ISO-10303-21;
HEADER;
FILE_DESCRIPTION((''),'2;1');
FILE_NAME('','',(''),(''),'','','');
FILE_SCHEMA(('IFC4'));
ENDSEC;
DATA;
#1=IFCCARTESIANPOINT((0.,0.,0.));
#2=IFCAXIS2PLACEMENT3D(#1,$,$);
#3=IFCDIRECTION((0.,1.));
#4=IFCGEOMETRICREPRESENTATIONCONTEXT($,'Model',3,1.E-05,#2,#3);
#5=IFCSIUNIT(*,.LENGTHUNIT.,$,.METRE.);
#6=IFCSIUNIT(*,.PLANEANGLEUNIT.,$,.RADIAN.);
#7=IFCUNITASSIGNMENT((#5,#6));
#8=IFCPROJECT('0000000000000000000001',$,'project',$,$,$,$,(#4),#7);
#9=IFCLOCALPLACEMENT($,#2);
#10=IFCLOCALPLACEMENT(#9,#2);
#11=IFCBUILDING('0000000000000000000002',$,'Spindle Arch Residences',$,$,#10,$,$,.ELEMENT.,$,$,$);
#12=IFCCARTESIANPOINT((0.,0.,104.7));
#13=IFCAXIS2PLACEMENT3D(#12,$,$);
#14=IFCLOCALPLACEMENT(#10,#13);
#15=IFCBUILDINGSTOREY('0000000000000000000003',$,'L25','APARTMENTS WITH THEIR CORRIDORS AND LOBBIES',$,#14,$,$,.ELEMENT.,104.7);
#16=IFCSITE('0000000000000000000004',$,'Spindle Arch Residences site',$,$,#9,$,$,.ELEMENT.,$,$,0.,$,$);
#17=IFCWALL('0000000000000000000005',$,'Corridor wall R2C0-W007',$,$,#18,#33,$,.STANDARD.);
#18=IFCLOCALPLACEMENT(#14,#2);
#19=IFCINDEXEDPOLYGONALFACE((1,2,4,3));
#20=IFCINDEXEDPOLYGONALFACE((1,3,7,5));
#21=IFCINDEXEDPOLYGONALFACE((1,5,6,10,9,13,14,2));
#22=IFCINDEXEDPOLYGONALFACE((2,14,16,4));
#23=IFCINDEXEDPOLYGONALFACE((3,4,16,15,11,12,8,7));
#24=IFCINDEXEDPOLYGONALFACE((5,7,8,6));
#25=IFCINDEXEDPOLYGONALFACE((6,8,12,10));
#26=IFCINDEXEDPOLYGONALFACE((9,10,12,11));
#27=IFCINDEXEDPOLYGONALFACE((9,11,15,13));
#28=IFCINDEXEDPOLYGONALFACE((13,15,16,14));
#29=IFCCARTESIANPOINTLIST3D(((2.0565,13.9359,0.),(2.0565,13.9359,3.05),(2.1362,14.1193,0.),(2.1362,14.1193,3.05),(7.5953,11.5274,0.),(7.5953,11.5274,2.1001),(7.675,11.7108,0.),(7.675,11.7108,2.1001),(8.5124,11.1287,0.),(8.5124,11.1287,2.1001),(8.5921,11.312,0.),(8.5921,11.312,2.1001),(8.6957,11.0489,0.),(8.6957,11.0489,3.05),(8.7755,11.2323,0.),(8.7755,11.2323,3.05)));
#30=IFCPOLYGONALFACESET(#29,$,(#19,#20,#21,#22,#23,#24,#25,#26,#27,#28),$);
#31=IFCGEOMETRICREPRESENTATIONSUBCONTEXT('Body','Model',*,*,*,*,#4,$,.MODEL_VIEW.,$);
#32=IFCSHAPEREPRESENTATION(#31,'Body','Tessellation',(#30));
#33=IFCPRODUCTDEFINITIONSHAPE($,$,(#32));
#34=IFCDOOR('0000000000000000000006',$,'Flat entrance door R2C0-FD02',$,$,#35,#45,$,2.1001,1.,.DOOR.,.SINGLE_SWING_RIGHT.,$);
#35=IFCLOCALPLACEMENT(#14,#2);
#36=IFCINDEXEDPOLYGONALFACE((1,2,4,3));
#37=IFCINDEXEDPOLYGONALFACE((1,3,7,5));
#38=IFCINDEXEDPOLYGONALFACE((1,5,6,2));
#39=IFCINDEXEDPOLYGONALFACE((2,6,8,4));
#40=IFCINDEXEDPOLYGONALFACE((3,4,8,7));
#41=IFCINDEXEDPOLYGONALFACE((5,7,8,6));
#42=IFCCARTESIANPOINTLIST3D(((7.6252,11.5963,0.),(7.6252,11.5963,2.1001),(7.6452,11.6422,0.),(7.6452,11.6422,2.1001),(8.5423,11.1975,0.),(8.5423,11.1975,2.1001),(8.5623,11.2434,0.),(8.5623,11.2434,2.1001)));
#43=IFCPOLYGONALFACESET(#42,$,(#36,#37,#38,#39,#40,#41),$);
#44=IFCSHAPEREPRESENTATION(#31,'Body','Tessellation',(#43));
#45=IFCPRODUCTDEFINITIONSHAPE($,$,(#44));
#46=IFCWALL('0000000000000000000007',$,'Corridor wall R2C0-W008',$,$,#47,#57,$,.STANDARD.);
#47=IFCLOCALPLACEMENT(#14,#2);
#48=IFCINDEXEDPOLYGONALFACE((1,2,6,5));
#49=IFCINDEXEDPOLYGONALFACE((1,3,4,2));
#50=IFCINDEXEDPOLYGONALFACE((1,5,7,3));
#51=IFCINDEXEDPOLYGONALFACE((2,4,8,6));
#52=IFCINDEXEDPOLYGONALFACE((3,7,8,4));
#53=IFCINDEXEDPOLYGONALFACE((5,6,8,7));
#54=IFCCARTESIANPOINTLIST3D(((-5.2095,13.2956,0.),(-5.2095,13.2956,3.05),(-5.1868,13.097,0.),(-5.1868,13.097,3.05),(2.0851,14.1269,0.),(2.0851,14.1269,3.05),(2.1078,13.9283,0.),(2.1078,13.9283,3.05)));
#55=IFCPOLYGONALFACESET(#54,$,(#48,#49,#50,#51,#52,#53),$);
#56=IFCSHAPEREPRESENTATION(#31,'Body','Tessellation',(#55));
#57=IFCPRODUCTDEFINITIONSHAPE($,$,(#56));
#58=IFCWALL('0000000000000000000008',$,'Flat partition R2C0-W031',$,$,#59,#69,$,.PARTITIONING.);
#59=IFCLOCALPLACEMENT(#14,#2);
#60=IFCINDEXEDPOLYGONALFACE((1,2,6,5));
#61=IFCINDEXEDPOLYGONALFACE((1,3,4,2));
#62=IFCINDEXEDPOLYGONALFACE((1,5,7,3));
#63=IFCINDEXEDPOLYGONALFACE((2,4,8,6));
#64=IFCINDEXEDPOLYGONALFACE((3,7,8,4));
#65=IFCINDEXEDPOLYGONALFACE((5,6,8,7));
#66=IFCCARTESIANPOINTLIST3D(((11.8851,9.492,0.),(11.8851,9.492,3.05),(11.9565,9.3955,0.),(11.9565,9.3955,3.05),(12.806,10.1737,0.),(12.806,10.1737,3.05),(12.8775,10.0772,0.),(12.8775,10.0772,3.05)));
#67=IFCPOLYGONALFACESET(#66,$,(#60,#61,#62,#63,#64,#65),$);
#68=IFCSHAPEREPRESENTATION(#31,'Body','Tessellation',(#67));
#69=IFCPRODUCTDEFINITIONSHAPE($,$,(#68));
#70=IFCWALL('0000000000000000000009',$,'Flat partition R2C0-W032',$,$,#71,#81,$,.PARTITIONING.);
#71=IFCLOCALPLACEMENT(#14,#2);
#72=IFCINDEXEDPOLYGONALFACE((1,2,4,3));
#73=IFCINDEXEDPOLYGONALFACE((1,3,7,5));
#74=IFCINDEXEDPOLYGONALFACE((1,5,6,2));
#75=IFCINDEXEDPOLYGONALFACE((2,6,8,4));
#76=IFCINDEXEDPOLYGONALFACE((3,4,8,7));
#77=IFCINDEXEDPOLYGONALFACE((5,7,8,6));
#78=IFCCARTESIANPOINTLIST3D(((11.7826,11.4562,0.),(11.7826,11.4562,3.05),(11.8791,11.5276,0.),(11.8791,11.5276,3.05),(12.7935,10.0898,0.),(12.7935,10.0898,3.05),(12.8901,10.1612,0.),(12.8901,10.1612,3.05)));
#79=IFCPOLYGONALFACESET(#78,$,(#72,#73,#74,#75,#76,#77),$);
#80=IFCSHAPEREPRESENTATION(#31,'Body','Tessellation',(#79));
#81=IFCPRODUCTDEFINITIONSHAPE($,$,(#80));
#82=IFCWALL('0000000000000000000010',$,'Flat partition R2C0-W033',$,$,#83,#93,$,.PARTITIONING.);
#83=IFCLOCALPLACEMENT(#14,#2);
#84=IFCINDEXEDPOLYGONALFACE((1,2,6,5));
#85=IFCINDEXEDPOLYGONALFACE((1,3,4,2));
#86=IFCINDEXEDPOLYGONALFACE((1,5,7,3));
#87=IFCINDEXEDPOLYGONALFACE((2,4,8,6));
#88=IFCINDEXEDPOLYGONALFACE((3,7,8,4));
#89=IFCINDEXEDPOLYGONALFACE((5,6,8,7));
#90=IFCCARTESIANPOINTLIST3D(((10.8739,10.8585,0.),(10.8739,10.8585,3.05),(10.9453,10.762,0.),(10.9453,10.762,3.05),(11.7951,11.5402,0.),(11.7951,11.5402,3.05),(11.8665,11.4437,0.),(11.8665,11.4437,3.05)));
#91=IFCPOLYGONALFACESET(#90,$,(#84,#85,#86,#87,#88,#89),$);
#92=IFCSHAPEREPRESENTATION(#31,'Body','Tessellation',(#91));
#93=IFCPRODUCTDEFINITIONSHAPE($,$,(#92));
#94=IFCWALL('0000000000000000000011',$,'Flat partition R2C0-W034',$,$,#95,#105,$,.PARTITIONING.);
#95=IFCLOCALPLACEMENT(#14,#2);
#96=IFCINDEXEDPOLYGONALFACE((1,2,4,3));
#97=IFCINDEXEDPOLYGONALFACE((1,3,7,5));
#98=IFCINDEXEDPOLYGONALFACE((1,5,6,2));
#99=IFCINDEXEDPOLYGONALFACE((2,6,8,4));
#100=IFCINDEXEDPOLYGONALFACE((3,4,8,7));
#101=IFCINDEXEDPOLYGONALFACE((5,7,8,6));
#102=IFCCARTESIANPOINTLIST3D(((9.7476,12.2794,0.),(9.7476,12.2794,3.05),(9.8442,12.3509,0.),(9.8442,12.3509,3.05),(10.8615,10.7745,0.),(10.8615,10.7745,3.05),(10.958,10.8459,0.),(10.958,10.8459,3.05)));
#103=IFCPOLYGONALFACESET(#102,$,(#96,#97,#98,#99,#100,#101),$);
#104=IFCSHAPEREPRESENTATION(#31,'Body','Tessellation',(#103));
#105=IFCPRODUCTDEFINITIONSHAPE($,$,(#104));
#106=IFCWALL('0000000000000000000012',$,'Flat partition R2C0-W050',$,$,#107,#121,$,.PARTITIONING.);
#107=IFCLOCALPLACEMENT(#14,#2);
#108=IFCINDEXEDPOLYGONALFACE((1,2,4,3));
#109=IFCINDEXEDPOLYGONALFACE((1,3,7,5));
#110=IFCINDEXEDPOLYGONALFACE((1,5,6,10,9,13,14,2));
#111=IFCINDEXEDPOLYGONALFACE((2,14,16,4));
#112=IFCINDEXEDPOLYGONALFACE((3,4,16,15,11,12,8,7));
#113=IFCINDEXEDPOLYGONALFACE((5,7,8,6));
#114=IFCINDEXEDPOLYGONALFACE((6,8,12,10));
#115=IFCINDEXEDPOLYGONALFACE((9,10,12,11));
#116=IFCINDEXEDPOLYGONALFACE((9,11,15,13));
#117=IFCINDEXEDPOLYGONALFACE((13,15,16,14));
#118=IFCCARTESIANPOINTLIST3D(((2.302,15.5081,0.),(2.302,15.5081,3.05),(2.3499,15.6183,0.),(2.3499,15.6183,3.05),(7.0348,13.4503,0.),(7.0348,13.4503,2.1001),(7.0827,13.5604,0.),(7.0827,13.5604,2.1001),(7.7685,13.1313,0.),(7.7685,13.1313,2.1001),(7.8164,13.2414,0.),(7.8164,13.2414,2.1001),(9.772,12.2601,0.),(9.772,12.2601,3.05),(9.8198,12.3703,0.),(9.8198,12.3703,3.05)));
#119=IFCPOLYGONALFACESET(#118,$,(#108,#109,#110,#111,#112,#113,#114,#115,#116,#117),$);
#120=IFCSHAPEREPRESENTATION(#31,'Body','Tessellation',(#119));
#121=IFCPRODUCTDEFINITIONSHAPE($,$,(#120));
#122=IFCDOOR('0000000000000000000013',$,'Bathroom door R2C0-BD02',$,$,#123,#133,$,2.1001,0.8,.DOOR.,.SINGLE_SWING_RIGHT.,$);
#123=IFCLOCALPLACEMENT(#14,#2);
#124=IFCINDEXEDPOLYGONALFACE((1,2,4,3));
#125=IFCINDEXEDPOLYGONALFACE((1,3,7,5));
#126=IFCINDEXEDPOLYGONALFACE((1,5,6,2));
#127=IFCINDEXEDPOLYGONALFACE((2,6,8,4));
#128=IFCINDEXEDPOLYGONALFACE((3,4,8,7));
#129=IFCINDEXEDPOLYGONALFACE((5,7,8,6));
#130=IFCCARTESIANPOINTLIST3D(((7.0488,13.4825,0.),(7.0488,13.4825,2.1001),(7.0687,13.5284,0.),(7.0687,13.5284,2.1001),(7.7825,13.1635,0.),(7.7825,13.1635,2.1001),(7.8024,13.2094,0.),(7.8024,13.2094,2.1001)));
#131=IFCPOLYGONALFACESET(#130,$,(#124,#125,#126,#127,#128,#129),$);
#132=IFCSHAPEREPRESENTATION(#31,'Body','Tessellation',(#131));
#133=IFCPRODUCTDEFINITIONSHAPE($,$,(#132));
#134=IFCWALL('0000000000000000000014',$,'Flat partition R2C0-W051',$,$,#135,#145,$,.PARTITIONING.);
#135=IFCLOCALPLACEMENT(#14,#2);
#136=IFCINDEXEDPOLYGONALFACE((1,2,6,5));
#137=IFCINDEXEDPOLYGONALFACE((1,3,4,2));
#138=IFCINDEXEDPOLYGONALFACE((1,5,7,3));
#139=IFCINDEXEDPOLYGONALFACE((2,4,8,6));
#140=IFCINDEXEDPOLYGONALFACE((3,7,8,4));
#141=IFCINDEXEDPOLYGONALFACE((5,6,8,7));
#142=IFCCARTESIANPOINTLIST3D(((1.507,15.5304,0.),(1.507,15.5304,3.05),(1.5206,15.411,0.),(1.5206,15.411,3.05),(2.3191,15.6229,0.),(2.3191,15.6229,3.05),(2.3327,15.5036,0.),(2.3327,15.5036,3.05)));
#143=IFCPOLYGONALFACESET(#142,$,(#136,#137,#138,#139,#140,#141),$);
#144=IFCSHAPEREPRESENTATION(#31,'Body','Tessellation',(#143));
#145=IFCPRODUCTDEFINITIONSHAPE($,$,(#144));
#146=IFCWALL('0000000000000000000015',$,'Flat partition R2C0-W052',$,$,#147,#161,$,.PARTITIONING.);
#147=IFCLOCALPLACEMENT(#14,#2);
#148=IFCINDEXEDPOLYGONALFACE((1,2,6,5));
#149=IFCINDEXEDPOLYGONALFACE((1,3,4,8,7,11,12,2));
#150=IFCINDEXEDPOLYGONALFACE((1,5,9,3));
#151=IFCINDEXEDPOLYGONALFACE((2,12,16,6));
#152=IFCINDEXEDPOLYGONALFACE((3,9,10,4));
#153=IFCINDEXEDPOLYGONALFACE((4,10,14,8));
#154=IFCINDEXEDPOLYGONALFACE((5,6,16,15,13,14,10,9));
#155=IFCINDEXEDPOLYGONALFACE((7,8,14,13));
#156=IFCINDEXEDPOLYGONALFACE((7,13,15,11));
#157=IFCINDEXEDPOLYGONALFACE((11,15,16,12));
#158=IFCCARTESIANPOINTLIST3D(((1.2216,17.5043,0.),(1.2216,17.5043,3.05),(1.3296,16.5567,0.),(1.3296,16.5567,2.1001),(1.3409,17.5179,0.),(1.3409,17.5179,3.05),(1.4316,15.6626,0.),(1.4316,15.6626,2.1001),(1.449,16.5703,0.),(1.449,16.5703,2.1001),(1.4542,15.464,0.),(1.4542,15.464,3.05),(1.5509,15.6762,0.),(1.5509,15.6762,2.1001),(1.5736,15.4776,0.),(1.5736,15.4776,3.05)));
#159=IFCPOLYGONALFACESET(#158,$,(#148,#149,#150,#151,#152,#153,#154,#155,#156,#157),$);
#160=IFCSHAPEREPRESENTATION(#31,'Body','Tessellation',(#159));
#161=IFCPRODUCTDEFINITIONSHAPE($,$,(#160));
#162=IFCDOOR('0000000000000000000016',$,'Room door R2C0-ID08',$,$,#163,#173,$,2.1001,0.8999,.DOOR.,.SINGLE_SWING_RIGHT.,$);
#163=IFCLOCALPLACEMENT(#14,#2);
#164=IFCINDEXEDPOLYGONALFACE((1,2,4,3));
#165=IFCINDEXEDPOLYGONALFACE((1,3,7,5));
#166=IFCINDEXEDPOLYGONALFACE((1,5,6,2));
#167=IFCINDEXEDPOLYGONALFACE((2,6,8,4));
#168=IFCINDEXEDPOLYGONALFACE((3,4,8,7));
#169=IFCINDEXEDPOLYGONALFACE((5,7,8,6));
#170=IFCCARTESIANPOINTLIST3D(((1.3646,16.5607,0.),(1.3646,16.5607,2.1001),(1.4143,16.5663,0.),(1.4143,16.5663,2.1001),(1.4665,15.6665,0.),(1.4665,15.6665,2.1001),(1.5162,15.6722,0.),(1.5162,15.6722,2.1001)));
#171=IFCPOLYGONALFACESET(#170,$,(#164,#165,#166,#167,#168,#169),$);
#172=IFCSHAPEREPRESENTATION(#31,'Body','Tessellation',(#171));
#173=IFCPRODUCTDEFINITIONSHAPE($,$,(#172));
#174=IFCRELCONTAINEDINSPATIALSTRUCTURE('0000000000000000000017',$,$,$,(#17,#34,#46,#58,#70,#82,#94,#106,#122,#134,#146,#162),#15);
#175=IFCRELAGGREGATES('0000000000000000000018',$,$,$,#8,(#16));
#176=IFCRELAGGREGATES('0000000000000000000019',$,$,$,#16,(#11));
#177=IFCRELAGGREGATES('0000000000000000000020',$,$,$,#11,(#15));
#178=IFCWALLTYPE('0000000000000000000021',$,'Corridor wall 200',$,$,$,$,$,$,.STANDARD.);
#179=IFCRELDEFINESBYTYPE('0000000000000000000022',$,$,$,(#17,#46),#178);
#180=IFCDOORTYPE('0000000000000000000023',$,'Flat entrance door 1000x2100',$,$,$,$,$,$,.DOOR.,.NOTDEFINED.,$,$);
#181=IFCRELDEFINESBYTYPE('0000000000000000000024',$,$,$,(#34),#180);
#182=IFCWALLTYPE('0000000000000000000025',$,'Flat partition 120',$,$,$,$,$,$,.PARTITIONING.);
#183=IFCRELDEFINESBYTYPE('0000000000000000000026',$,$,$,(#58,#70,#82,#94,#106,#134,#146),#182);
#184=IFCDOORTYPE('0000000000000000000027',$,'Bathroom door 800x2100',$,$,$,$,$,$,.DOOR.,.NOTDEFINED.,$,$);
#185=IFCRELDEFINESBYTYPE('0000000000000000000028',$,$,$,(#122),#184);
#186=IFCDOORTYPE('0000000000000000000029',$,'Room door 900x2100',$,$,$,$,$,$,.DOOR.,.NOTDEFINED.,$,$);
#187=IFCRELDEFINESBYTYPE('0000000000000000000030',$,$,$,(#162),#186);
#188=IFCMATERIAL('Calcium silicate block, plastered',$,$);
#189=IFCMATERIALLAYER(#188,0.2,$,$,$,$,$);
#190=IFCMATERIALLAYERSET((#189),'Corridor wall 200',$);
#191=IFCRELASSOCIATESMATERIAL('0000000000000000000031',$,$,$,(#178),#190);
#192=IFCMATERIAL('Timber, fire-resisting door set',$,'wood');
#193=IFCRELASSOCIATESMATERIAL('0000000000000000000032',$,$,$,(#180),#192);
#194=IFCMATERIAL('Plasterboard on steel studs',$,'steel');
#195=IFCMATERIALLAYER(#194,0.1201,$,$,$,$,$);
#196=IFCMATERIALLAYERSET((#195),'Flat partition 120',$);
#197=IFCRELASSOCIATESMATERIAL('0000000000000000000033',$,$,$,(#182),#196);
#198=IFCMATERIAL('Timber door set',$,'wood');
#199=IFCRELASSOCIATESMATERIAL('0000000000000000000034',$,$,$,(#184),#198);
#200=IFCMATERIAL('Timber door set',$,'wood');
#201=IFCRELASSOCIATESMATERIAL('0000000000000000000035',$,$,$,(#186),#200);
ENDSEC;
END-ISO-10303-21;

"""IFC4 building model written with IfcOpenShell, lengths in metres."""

from ifc_helpers import new_model, si_unit, direction, frame, frame_2d, origin, place, context, subcontext, project, spatial, rectangle, extrude, material, layer, layer_set, type_object, element, fill, save


model = new_model("IFC4")

# Units and contexts
model_context = context("Model", 3, precision=1e-05, world=origin(), true_north=direction((0.0, 1.0)))
body_context = subcontext(model_context, "Body", "Model", "MODEL_VIEW")
ifc_project = project(units=[si_unit("LENGTHUNIT", "METRE"), si_unit("PLANEANGLEUNIT", "RADIAN")], contexts=[model_context])

# Site, building, storey
site_placement = place(None, origin())
site = spatial("IfcSite", under=ifc_project, at=site_placement, Name="Spindle Arch Residences site", CompositionType="ELEMENT", RefElevation=0.0)
building_placement = place(site_placement, origin())
building = spatial("IfcBuilding", under=site, at=building_placement, Name="Spindle Arch Residences", CompositionType="ELEMENT")
storey_placement = place(building_placement, frame((0.0, 0.0, 104.7)))
storey = spatial("IfcBuildingStorey", under=building, at=storey_placement, Name="L25", Description="APARTMENTS WITH THEIR CORRIDORS AND LOBBIES", CompositionType="ELEMENT", Elevation=104.7)

# Wall, opening, door
ifc_material_1 = material(Name="Calcium silicate block, plastered")
ifc_layer_1 = layer(ifc_material_1, 0.2)
ifc_layer_set_1 = layer_set([ifc_layer_1], Name="Corridor wall 200")
wall_type_1 = type_object("IfcWallType", Name="Corridor wall 200", PredefinedType="STANDARD", material=ifc_layer_set_1)
wall_1_placement = place(storey_placement, frame((8.7356, 11.1406, 0.0), z_axis=(0.0, 0.0, 1.0), x_axis=(-0.917051, 0.398769, 0.0)))
wall_1 = element("IfcWall", 1, at=wall_1_placement, inside=storey, type_object=wall_type_1, Name="Corridor wall R2C0-W007", PredefinedType="STANDARD", context=body_context, shape_type="SweptSolid", body=[
    extrude(rectangle(XDim=7.2397, YDim=0.2, at=frame_2d((3.6199, 0.0))), origin(), (0.0, 0.0, 1.0), 3.05),
])
opening_1_placement = place(wall_1_placement, frame((0.2, 0.0, 0.0)))
opening_1 = element("IfcOpeningElement", 2, at=opening_1_placement, cuts=wall_1, PredefinedType="OPENING", context=body_context, shape_type="SweptSolid", body=[
    extrude(rectangle(XDim=1.0, YDim=2.1001, at=frame_2d((0.5, 1.05))), frame((0.0, 0.1099, 0.0), z_axis=(0.0, -1.0, 0.0), x_axis=(1.0, 0.0, 0.0)), (0.0, 0.0, 1.0), 0.22),
])
ifc_material_2 = material(Name="Timber, fire-resisting door set", Category="wood")
door_type_1 = type_object("IfcDoorType", Name="Flat entrance door 1000x2100", OperationType="NOTDEFINED", PredefinedType="DOOR", material=ifc_material_2)
door_1_placement = place(opening_1_placement, origin())
door_1 = element("IfcDoor", 3, at=door_1_placement, inside=storey, type_object=door_type_1, Name="Flat entrance door R2C0-FD02", OperationType="SINGLE_SWING_RIGHT", OverallHeight=2.1001, OverallWidth=1.0, PredefinedType="DOOR", context=body_context, shape_type="SweptSolid", body=[
    extrude(rectangle(XDim=1.0, YDim=2.1001, at=frame_2d((0.5, 1.05))), frame((0.0, 0.0249, 0.0), z_axis=(0.0, -1.0, 0.0), x_axis=(1.0, 0.0, 0.0)), (0.0, 0.0, 1.0), 0.05),
])
fill(opening_1, door_1)

# Walls
wall_2_placement = place(storey_placement, frame((2.0964, 14.0276, 0.0), z_axis=(0.0, 0.0, 1.0), x_axis=(-0.993569, -0.113227, 0.0)))
element("IfcWall", 4, at=wall_2_placement, inside=storey, type_object=wall_type_1, Name="Corridor wall R2C0-W008", PredefinedType="STANDARD", context=body_context, shape_type="SweptSolid", body=[
    extrude(rectangle(XDim=7.3418, YDim=0.2, at=frame_2d((3.6709, 0.0))), origin(), (0.0, 0.0, 1.0), 3.05),
])
ifc_material_3 = material(Name="Plasterboard on steel studs", Category="steel")
ifc_layer_2 = layer(ifc_material_3, 0.1201)
ifc_layer_set_2 = layer_set([ifc_layer_2], Name="Flat partition 120")
wall_type_2 = type_object("IfcWallType", Name="Flat partition 120", PredefinedType="PARTITIONING", material=ifc_layer_set_2)
wall_3_placement = place(storey_placement, frame((11.9209, 9.4438, 0.0), z_axis=(0.0, 0.0, 1.0), x_axis=(0.803769, 0.594942, 0.0)))
element("IfcWall", 5, at=wall_3_placement, inside=storey, type_object=wall_type_2, Name="Flat partition R2C0-W031", PredefinedType="PARTITIONING", context=body_context, shape_type="SweptSolid", body=[
    extrude(rectangle(XDim=1.1458, YDim=0.1201, at=frame_2d((0.5728, 0.0))), origin(), (0.0, 0.0, 1.0), 3.05),
])
wall_4_placement = place(storey_placement, frame((12.8418, 10.1255, 0.0), z_axis=(0.0, 0.0, 1.0), x_axis=(-0.594771, 0.803895, 0.0)))
element("IfcWall", 6, at=wall_4_placement, inside=storey, type_object=wall_type_2, Name="Flat partition R2C0-W032", PredefinedType="PARTITIONING", context=body_context, shape_type="SweptSolid", body=[
    extrude(rectangle(XDim=1.6997, YDim=0.1201, at=frame_2d((0.8499, 0.0))), origin(), (0.0, 0.0, 1.0), 3.05),
])
wall_5_placement = place(storey_placement, frame((11.8308, 11.4919, 0.0), z_axis=(0.0, 0.0, 1.0), x_axis=(-0.803844, -0.59484, 0.0)))
element("IfcWall", 7, at=wall_5_placement, inside=storey, type_object=wall_type_2, Name="Flat partition R2C0-W033", PredefinedType="PARTITIONING", context=body_context, shape_type="SweptSolid", body=[
    extrude(rectangle(XDim=1.146, YDim=0.1201, at=frame_2d((0.573, 0.0))), origin(), (0.0, 0.0, 1.0), 3.05),
])
wall_6_placement = place(storey_placement, frame((10.9097, 10.8103, 0.0), z_axis=(0.0, 0.0, 1.0), x_axis=(-0.594897, 0.803802, 0.0)))
element("IfcWall", 8, at=wall_6_placement, inside=storey, type_object=wall_type_2, Name="Flat partition R2C0-W034", PredefinedType="PARTITIONING", context=body_context, shape_type="SweptSolid", body=[
    extrude(rectangle(XDim=1.8723, YDim=0.1201, at=frame_2d((0.936, 0.0))), origin(), (0.0, 0.0, 1.0), 3.05),
])

# Wall, opening, door
wall_7_placement = place(storey_placement, frame((9.7959, 12.3152, 0.0), z_axis=(0.0, 0.0, 1.0), x_axis=(-0.91706, 0.39875, 0.0)))
wall_7 = element("IfcWall", 9, at=wall_7_placement, inside=storey, type_object=wall_type_2, Name="Flat partition R2C0-W050", PredefinedType="PARTITIONING", context=body_context, shape_type="SweptSolid", body=[
    extrude(rectangle(XDim=8.1455, YDim=0.1201, at=frame_2d((4.0728, 0.0))), origin(), (0.0, 0.0, 1.0), 3.05),
])
opening_2_placement = place(wall_7_placement, frame((2.1848, 0.0, 0.0)))
opening_2 = element("IfcOpeningElement", 10, at=opening_2_placement, cuts=wall_7, PredefinedType="OPENING", context=body_context, shape_type="SweptSolid", body=[
    extrude(rectangle(XDim=0.8, YDim=2.1001, at=frame_2d((0.3999, 1.05))), frame((0.0, 0.0701, 0.0), z_axis=(0.0, -1.0, 0.0), x_axis=(1.0, 0.0, 0.0)), (0.0, 0.0, 1.0), 0.1401),
])
ifc_material_4 = material(Name="Timber door set", Category="wood")
door_type_2 = type_object("IfcDoorType", Name="Bathroom door 800x2100", OperationType="NOTDEFINED", PredefinedType="DOOR", material=ifc_material_4)
door_2_placement = place(opening_2_placement, origin())
door_2 = element("IfcDoor", 11, at=door_2_placement, inside=storey, type_object=door_type_2, Name="Bathroom door R2C0-BD02", OperationType="SINGLE_SWING_RIGHT", OverallHeight=2.1001, OverallWidth=0.8, PredefinedType="DOOR", context=body_context, shape_type="SweptSolid", body=[
    extrude(rectangle(XDim=0.8, YDim=2.1001, at=frame_2d((0.3999, 1.05))), frame((0.0, 0.0249, 0.0), z_axis=(0.0, -1.0, 0.0), x_axis=(1.0, 0.0, 0.0)), (0.0, 0.0, 1.0), 0.05),
])
fill(opening_2, door_2)

# Wall
wall_8_placement = place(storey_placement, frame((2.3259, 15.5632, 0.0), z_axis=(0.0, 0.0, 1.0), x_axis=(-0.99357, -0.113218, 0.0)))
element("IfcWall", 12, at=wall_8_placement, inside=storey, type_object=wall_type_2, Name="Flat partition R2C0-W051", PredefinedType="PARTITIONING", context=body_context, shape_type="SweptSolid", body=[
    extrude(rectangle(XDim=0.8174, YDim=0.1201, at=frame_2d((0.4087, 0.0))), origin(), (0.0, 0.0, 1.0), 3.05),
])

# Wall, opening, door
wall_9_placement = place(storey_placement, frame((1.5139, 15.4707, 0.0), z_axis=(0.0, 0.0, 1.0), x_axis=(-0.113302, 0.993561, 0.0)))
wall_9 = element("IfcWall", 13, at=wall_9_placement, inside=storey, type_object=wall_type_2, Name="Flat partition R2C0-W052", PredefinedType="PARTITIONING", context=body_context, shape_type="SweptSolid", body=[
    extrude(rectangle(XDim=2.0535, YDim=0.1201, at=frame_2d((1.0269, 0.0))), origin(), (0.0, 0.0, 1.0), 3.05),
])
opening_3_placement = place(wall_9_placement, frame((0.2, 0.0, 0.0)))
opening_3 = element("IfcOpeningElement", 14, at=opening_3_placement, cuts=wall_9, PredefinedType="OPENING", context=body_context, shape_type="SweptSolid", body=[
    extrude(rectangle(XDim=0.8999, YDim=2.1001, at=frame_2d((0.45, 1.05))), frame((0.0, 0.0701, 0.0), z_axis=(0.0, -1.0, 0.0), x_axis=(1.0, 0.0, 0.0)), (0.0, 0.0, 1.0), 0.1401),
])
ifc_material_5 = material(Name="Timber door set", Category="wood")
door_type_3 = type_object("IfcDoorType", Name="Room door 900x2100", OperationType="NOTDEFINED", PredefinedType="DOOR", material=ifc_material_5)
door_3_placement = place(opening_3_placement, origin())
door_3 = element("IfcDoor", 15, at=door_3_placement, inside=storey, type_object=door_type_3, Name="Room door R2C0-ID08", OperationType="SINGLE_SWING_RIGHT", OverallHeight=2.1001, OverallWidth=0.8999, PredefinedType="DOOR", context=body_context, shape_type="SweptSolid", body=[
    extrude(rectangle(XDim=0.8999, YDim=2.1001, at=frame_2d((0.45, 1.05))), frame((0.0, 0.0249, 0.0), z_axis=(0.0, -1.0, 0.0), x_axis=(1.0, 0.0, 0.0)), (0.0, 0.0, 1.0), 0.05),
])
fill(opening_3, door_3)

save(model, "model.ifc")
